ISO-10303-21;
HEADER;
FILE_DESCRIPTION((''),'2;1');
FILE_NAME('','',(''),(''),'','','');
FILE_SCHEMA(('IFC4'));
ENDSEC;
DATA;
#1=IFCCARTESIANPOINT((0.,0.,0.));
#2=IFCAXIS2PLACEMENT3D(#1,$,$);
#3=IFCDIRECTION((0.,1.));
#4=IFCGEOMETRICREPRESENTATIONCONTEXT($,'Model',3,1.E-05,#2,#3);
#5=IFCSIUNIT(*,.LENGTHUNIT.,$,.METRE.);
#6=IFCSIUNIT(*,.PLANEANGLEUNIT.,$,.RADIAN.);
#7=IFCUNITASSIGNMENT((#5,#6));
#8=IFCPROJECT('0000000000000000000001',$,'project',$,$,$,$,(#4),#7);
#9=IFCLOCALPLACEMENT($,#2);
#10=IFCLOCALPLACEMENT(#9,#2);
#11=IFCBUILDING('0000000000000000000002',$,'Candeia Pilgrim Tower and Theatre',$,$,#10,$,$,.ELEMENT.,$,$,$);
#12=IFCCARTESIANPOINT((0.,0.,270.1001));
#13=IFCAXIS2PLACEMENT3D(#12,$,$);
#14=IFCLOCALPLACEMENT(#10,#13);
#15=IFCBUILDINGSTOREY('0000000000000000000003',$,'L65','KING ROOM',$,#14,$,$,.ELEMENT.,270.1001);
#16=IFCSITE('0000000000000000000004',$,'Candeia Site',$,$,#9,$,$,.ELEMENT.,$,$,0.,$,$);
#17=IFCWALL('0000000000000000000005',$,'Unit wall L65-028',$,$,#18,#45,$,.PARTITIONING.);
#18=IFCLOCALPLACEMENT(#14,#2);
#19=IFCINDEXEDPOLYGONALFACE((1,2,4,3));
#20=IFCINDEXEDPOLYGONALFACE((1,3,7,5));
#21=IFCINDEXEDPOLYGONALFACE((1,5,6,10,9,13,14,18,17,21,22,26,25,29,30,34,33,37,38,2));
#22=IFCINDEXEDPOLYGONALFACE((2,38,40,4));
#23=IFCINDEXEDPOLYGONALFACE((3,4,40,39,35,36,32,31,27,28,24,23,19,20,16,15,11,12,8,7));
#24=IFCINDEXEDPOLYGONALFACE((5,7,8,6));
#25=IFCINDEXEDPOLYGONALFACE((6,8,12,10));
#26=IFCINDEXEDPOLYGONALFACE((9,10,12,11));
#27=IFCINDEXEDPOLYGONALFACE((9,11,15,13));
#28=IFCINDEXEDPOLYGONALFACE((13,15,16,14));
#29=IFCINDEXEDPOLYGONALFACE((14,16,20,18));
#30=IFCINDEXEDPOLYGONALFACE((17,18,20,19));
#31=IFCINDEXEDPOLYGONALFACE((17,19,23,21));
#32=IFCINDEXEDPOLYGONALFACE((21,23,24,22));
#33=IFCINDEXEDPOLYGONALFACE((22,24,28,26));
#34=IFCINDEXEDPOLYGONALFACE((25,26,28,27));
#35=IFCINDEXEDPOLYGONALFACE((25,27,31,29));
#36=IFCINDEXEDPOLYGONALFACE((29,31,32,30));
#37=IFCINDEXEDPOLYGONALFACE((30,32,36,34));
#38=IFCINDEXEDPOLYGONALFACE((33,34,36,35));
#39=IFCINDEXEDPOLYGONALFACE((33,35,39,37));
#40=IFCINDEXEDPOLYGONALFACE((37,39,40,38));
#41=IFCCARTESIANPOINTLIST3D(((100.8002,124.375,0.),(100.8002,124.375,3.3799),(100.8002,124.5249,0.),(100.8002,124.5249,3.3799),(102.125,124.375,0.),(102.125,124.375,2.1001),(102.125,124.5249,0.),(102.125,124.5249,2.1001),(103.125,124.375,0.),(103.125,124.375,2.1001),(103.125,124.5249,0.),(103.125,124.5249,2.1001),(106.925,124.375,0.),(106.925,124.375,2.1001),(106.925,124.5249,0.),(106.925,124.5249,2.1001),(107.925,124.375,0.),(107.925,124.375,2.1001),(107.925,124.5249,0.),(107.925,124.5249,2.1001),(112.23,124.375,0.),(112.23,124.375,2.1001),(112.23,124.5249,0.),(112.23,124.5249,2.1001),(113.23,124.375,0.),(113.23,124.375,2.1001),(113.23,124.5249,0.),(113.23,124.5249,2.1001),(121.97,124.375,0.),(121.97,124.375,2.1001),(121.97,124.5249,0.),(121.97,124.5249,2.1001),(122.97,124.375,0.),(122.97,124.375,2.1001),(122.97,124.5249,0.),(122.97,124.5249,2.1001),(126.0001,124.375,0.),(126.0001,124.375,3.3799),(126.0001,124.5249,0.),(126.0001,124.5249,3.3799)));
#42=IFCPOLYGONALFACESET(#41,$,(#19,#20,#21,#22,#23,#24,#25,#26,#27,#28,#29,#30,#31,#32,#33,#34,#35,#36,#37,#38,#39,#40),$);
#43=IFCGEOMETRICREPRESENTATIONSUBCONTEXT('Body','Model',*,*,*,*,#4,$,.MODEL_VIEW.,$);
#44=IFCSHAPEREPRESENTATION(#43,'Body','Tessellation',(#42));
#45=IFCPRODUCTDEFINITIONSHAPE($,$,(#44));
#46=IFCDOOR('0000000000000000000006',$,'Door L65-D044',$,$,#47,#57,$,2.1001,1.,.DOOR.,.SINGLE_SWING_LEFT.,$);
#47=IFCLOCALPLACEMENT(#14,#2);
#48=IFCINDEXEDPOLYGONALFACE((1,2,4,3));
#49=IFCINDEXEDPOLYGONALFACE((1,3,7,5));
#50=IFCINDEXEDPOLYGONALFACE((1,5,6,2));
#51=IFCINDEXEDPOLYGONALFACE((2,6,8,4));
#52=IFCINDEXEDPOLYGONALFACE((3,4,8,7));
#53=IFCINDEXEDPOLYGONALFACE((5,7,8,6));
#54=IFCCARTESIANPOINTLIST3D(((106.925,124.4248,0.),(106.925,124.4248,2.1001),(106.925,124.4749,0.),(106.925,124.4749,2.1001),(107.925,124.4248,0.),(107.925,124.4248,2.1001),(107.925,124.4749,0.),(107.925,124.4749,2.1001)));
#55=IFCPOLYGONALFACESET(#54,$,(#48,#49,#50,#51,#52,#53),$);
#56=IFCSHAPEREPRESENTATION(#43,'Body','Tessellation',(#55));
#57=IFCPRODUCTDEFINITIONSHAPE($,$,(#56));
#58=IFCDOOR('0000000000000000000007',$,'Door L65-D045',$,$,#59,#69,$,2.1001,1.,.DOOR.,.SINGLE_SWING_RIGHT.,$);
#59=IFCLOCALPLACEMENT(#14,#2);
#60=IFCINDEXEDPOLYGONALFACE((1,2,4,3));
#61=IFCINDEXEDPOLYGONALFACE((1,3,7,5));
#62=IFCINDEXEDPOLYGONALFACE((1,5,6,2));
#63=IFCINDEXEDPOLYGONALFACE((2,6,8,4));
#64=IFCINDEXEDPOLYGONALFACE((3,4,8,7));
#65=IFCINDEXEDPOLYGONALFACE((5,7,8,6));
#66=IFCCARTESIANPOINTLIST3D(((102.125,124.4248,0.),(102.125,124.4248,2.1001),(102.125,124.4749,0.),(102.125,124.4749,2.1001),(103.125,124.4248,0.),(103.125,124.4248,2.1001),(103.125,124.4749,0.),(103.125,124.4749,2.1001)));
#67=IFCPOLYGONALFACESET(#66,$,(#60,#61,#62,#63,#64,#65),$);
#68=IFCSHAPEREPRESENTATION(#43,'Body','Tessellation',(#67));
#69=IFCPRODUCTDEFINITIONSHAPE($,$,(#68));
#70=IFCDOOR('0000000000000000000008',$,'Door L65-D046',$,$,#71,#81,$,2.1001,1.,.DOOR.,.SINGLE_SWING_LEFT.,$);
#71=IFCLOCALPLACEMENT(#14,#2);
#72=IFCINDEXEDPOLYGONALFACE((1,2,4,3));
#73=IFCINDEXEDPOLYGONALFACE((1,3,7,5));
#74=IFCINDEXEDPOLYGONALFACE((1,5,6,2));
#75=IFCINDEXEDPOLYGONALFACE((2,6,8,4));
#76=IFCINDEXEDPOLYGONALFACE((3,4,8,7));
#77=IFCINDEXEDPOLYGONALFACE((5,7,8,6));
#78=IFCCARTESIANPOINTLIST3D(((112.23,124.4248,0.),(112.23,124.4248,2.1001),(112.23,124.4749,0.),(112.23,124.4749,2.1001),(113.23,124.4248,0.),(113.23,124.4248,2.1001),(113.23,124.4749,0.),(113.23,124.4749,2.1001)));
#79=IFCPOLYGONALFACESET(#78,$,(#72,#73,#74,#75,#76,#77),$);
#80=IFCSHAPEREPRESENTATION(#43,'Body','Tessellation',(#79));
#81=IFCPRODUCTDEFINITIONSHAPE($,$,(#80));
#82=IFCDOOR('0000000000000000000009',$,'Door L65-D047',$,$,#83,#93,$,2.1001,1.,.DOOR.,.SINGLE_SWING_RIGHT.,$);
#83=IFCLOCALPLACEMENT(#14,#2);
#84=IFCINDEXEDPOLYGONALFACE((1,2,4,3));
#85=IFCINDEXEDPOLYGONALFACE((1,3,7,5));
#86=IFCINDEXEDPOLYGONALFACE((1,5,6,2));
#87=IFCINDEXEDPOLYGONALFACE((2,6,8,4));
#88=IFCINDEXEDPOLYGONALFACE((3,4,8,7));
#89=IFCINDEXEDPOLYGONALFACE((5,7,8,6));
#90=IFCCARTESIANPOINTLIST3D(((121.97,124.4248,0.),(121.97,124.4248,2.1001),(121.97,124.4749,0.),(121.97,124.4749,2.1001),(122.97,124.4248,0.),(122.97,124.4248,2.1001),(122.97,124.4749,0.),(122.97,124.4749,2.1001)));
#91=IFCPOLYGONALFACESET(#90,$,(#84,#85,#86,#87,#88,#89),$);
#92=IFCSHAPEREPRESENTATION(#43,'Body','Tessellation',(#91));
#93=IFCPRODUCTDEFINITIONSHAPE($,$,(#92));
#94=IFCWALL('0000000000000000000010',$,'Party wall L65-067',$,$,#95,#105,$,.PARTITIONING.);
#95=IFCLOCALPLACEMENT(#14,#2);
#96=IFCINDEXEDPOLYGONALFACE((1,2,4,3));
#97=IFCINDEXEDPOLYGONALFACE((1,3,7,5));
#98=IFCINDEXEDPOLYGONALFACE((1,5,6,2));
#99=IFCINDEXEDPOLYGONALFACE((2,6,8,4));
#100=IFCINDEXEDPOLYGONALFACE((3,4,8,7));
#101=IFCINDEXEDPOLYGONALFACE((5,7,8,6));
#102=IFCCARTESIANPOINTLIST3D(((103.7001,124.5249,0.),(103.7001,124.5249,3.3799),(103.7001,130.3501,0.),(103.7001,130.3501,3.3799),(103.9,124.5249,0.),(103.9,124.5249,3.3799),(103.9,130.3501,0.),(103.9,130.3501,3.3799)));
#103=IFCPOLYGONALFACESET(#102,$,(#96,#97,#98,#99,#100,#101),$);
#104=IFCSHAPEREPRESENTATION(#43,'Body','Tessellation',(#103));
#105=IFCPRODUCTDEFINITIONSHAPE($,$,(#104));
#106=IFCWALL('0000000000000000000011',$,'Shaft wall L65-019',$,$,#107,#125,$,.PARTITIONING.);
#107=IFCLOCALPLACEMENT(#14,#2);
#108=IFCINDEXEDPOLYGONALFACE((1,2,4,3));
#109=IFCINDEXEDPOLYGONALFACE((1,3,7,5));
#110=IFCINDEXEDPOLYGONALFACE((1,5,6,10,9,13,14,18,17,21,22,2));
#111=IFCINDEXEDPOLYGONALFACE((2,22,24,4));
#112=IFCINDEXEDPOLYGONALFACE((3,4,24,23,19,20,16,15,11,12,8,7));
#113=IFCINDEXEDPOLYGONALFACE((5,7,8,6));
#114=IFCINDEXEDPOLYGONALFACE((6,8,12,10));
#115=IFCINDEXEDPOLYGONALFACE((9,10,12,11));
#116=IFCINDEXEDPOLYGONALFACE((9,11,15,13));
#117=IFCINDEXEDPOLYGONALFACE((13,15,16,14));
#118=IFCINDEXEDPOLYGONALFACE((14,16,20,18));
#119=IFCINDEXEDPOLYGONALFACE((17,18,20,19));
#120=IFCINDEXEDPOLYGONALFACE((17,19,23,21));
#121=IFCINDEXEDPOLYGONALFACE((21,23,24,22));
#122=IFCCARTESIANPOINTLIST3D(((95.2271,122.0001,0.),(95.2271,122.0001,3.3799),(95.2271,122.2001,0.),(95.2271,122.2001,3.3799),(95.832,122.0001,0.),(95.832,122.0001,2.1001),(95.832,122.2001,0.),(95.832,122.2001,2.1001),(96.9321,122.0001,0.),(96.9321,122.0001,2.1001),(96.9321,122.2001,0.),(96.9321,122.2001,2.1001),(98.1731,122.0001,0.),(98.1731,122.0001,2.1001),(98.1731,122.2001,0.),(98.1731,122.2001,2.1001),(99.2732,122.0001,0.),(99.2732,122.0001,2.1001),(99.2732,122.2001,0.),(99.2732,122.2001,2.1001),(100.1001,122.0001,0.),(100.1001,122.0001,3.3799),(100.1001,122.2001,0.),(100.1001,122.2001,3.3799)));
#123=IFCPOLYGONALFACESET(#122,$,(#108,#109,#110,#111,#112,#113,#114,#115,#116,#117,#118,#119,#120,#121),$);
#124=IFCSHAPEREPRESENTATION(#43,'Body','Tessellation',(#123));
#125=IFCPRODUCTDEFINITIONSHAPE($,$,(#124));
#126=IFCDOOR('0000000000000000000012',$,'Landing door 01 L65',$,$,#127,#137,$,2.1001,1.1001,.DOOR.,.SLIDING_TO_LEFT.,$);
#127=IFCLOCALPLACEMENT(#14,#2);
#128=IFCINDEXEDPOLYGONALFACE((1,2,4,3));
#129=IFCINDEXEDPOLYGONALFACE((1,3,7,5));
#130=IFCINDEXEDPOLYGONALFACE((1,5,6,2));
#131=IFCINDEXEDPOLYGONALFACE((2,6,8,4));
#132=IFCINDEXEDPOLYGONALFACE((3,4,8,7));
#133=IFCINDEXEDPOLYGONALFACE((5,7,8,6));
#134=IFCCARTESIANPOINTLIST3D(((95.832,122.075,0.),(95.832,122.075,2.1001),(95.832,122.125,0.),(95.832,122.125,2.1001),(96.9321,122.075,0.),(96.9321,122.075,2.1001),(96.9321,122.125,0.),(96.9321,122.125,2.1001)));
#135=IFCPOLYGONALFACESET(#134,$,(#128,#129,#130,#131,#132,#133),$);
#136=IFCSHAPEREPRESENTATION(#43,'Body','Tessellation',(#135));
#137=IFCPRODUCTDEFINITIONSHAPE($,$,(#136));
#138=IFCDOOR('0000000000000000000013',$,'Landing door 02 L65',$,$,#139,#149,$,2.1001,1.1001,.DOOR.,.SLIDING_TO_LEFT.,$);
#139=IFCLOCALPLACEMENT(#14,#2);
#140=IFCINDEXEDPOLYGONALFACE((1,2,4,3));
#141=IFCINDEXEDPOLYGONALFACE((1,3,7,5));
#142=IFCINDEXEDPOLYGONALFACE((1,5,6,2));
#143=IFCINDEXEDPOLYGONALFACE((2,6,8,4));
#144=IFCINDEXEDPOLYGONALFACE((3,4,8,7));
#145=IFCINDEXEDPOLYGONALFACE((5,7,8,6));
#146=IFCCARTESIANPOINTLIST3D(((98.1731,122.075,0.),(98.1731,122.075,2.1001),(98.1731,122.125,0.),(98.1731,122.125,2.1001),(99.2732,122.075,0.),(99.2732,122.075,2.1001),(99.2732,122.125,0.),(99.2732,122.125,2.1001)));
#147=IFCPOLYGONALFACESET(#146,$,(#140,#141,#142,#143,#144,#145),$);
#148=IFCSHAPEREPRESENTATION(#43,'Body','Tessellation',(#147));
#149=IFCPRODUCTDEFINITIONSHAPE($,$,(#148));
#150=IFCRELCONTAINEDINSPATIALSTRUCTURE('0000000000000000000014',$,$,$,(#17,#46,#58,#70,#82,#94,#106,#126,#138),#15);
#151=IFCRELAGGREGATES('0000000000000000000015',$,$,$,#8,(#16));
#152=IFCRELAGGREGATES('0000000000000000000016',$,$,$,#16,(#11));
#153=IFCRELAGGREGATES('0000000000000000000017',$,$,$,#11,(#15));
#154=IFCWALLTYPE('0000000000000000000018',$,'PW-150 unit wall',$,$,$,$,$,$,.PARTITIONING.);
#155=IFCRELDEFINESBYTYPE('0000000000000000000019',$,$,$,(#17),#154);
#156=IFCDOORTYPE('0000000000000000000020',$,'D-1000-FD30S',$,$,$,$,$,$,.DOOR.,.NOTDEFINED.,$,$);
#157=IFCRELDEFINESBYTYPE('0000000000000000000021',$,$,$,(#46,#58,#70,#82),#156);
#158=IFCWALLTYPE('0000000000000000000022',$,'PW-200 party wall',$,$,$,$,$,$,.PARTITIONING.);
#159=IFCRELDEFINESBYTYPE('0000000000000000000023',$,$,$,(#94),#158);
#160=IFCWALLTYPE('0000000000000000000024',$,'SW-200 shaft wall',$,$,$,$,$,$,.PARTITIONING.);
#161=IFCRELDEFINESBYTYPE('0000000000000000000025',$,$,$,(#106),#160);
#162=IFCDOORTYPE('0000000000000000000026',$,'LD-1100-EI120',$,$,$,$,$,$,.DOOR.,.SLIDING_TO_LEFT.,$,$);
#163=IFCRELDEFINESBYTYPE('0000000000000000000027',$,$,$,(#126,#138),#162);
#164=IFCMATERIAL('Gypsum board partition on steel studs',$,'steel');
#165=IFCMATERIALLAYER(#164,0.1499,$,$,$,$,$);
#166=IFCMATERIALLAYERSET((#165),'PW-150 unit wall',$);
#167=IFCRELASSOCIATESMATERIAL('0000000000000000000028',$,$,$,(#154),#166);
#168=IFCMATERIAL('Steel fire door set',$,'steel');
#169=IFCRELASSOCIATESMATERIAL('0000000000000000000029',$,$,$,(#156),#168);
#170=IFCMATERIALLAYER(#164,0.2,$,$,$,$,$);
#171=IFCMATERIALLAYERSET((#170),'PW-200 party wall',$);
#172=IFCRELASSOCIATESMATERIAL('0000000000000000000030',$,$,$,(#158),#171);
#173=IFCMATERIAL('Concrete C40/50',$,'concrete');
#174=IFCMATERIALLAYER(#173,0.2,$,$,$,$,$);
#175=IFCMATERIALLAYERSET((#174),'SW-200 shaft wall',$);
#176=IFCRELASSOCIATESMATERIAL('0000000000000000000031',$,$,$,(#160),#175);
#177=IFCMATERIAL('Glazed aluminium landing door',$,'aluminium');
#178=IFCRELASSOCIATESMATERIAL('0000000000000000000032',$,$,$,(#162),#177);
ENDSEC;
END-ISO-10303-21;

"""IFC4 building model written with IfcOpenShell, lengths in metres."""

from ifc_helpers import new_model, si_unit, direction, frame, frame_2d, origin, place, context, subcontext, project, spatial, rectangle, extrude, material, layer, layer_set, type_object, element, fill, save


model = new_model("IFC4")

# Units and contexts
model_context = context("Model", 3, precision=1e-05, world=origin(), true_north=direction((0.0, 1.0)))
body_context = subcontext(model_context, "Body", "Model", "MODEL_VIEW")
ifc_project = project(units=[si_unit("LENGTHUNIT", "METRE"), si_unit("PLANEANGLEUNIT", "RADIAN")], contexts=[model_context])

# Site, building, storey
site_placement = place(None, origin())
site = spatial("IfcSite", under=ifc_project, at=site_placement, Name="Candeia Site", CompositionType="ELEMENT", RefElevation=0.0)
building_placement = place(site_placement, origin())
building = spatial("IfcBuilding", under=site, at=building_placement, Name="Candeia Pilgrim Tower and Theatre", CompositionType="ELEMENT")
storey_placement = place(building_placement, frame((0.0, 0.0, 270.1001)))
storey = spatial("IfcBuildingStorey", under=building, at=storey_placement, Name="L65", Description="KING ROOM", CompositionType="ELEMENT", Elevation=270.1001)

# Shared definitions
ifc_material_1 = material(Name="Gypsum board partition on steel studs", Category="steel")

# Shared definitions
ifc_material_2 = material(Name="Steel fire door set", Category="steel")

# Wall, openings, doors
ifc_layer_1 = layer(ifc_material_1, 0.1499)
ifc_layer_set_1 = layer_set([ifc_layer_1], Name="PW-150 unit wall")
wall_type_1 = type_object("IfcWallType", Name="PW-150 unit wall", PredefinedType="PARTITIONING", material=ifc_layer_set_1)
door_type_1 = type_object("IfcDoorType", Name="D-1000-FD30S", OperationType="NOTDEFINED", PredefinedType="DOOR", material=ifc_material_2)
wall_1_placement = place(storey_placement, frame((100.8, 124.45, 0.0), z_axis=(0.0, 0.0, 1.0), x_axis=(1.0, 0.0, 0.0)))
wall_1 = element("IfcWall", 1, at=wall_1_placement, inside=storey, type_object=wall_type_1, Name="Unit wall L65-028", PredefinedType="PARTITIONING", context=body_context, shape_type="SweptSolid", body=[
    extrude(rectangle(XDim=25.2, YDim=0.1499, at=frame_2d((12.6001, 0.0))), origin(), (0.0, 0.0, 1.0), 3.3799),
])
opening_1_placement = place(wall_1_placement, frame((6.125, 0.0, 0.0)))
opening_1 = element("IfcOpeningElement", 2, at=opening_1_placement, cuts=wall_1, PredefinedType="OPENING", context=body_context, shape_type="SweptSolid", body=[
    extrude(rectangle(XDim=1.0, YDim=2.1001, at=frame_2d((0.5, 1.05))), frame((0.0, 0.085, 0.0), z_axis=(0.0, -1.0, 0.0), x_axis=(1.0, 0.0, 0.0)), (0.0, 0.0, 1.0), 0.1699),
])
opening_2_placement = place(wall_1_placement, frame((1.325, 0.0, 0.0)))
opening_2 = element("IfcOpeningElement", 3, at=opening_2_placement, cuts=wall_1, PredefinedType="OPENING", context=body_context, shape_type="SweptSolid", body=[
    extrude(rectangle(XDim=1.0, YDim=2.1001, at=frame_2d((0.5, 1.05))), frame((0.0, 0.085, 0.0), z_axis=(0.0, -1.0, 0.0), x_axis=(1.0, 0.0, 0.0)), (0.0, 0.0, 1.0), 0.1699),
])
opening_3_placement = place(wall_1_placement, frame((11.4299, 0.0, 0.0)))
opening_3 = element("IfcOpeningElement", 4, at=opening_3_placement, cuts=wall_1, PredefinedType="OPENING", context=body_context, shape_type="SweptSolid", body=[
    extrude(rectangle(XDim=1.0, YDim=2.1001, at=frame_2d((0.5, 1.05))), frame((0.0, 0.085, 0.0), z_axis=(0.0, -1.0, 0.0), x_axis=(1.0, 0.0, 0.0)), (0.0, 0.0, 1.0), 0.1699),
])
opening_4_placement = place(wall_1_placement, frame((21.1699, 0.0, 0.0)))
opening_4 = element("IfcOpeningElement", 5, at=opening_4_placement, cuts=wall_1, PredefinedType="OPENING", context=body_context, shape_type="SweptSolid", body=[
    extrude(rectangle(XDim=1.0, YDim=2.1001, at=frame_2d((0.5, 1.05))), frame((0.0, 0.085, 0.0), z_axis=(0.0, -1.0, 0.0), x_axis=(1.0, 0.0, 0.0)), (0.0, 0.0, 1.0), 0.1699),
])
door_1_placement = place(opening_1_placement, origin())
door_1 = element("IfcDoor", 6, at=door_1_placement, inside=storey, type_object=door_type_1, Name="Door L65-D044", OperationType="SINGLE_SWING_LEFT", OverallHeight=2.1001, OverallWidth=1.0, PredefinedType="DOOR", context=body_context, shape_type="SweptSolid", body=[
    extrude(rectangle(XDim=1.0, YDim=2.1001, at=frame_2d((0.5, 1.05))), frame((0.0, 0.0249, 0.0), z_axis=(0.0, -1.0, 0.0), x_axis=(1.0, 0.0, 0.0)), (0.0, 0.0, 1.0), 0.05),
])
fill(opening_1, door_1)
door_2_placement = place(opening_2_placement, origin())
door_2 = element("IfcDoor", 7, at=door_2_placement, inside=storey, type_object=door_type_1, Name="Door L65-D045", OperationType="SINGLE_SWING_RIGHT", OverallHeight=2.1001, OverallWidth=1.0, PredefinedType="DOOR", context=body_context, shape_type="SweptSolid", body=[
    extrude(rectangle(XDim=1.0, YDim=2.1001, at=frame_2d((0.5, 1.05))), frame((0.0, 0.0249, 0.0), z_axis=(0.0, -1.0, 0.0), x_axis=(1.0, 0.0, 0.0)), (0.0, 0.0, 1.0), 0.05),
])
fill(opening_2, door_2)
door_3_placement = place(opening_3_placement, origin())
door_3 = element("IfcDoor", 8, at=door_3_placement, inside=storey, type_object=door_type_1, Name="Door L65-D046", OperationType="SINGLE_SWING_LEFT", OverallHeight=2.1001, OverallWidth=1.0, PredefinedType="DOOR", context=body_context, shape_type="SweptSolid", body=[
    extrude(rectangle(XDim=1.0, YDim=2.1001, at=frame_2d((0.5, 1.05))), frame((0.0, 0.0249, 0.0), z_axis=(0.0, -1.0, 0.0), x_axis=(1.0, 0.0, 0.0)), (0.0, 0.0, 1.0), 0.05),
])
fill(opening_3, door_3)
door_4_placement = place(opening_4_placement, origin())
door_4 = element("IfcDoor", 9, at=door_4_placement, inside=storey, type_object=door_type_1, Name="Door L65-D047", OperationType="SINGLE_SWING_RIGHT", OverallHeight=2.1001, OverallWidth=1.0, PredefinedType="DOOR", context=body_context, shape_type="SweptSolid", body=[
    extrude(rectangle(XDim=1.0, YDim=2.1001, at=frame_2d((0.5, 1.05))), frame((0.0, 0.0249, 0.0), z_axis=(0.0, -1.0, 0.0), x_axis=(1.0, 0.0, 0.0)), (0.0, 0.0, 1.0), 0.05),
])
fill(opening_4, door_4)

# Wall
ifc_layer_2 = layer(ifc_material_1, 0.2)
ifc_layer_set_2 = layer_set([ifc_layer_2], Name="PW-200 party wall")
wall_type_2 = type_object("IfcWallType", Name="PW-200 party wall", PredefinedType="PARTITIONING", material=ifc_layer_set_2)
wall_2_placement = place(storey_placement, frame((103.8, 124.5249, 0.0), z_axis=(0.0, 0.0, 1.0), x_axis=(0.0, 1.0, 0.0)))
element("IfcWall", 10, at=wall_2_placement, inside=storey, type_object=wall_type_2, Name="Party wall L65-067", PredefinedType="PARTITIONING", context=body_context, shape_type="SweptSolid", body=[
    extrude(rectangle(XDim=5.8252, YDim=0.2, at=frame_2d((2.9126, 0.0))), origin(), (0.0, 0.0, 1.0), 3.3799),
])

# Wall, openings, doors
ifc_material_3 = material(Name="Concrete C40/50", Category="concrete")
ifc_layer_3 = layer(ifc_material_3, 0.2)
ifc_layer_set_3 = layer_set([ifc_layer_3], Name="SW-200 shaft wall")
wall_type_3 = type_object("IfcWallType", Name="SW-200 shaft wall", PredefinedType="PARTITIONING", material=ifc_layer_set_3)
wall_3_placement = place(storey_placement, frame((95.2271, 122.1001, 0.0), z_axis=(0.0, 0.0, 1.0), x_axis=(1.0, 0.0, 0.0)))
wall_3 = element("IfcWall", 11, at=wall_3_placement, inside=storey, type_object=wall_type_3, Name="Shaft wall L65-019", PredefinedType="PARTITIONING", context=body_context, shape_type="SweptSolid", body=[
    extrude(rectangle(XDim=4.873, YDim=0.2, at=frame_2d((2.4365, 0.0))), origin(), (0.0, 0.0, 1.0), 3.3799),
])
opening_5_placement = place(wall_3_placement, frame((0.605, 0.0, 0.0)))
opening_5 = element("IfcOpeningElement", 12, at=opening_5_placement, cuts=wall_3, PredefinedType="OPENING", context=body_context, shape_type="SweptSolid", body=[
    extrude(rectangle(XDim=1.1001, YDim=2.1001, at=frame_2d((0.55, 1.05))), frame((0.0, 0.1099, 0.0), z_axis=(0.0, -1.0, 0.0), x_axis=(1.0, 0.0, 0.0)), (0.0, 0.0, 1.0), 0.22),
])
opening_6_placement = place(wall_3_placement, frame((2.946, 0.0, 0.0)))
opening_6 = element("IfcOpeningElement", 13, at=opening_6_placement, cuts=wall_3, PredefinedType="OPENING", context=body_context, shape_type="SweptSolid", body=[
    extrude(rectangle(XDim=1.1001, YDim=2.1001, at=frame_2d((0.55, 1.05))), frame((0.0, 0.1099, 0.0), z_axis=(0.0, -1.0, 0.0), x_axis=(1.0, 0.0, 0.0)), (0.0, 0.0, 1.0), 0.22),
])
ifc_material_4 = material(Name="Glazed aluminium landing door", Category="aluminium")
door_type_2 = type_object("IfcDoorType", Name="LD-1100-EI120", OperationType="SLIDING_TO_LEFT", PredefinedType="DOOR", material=ifc_material_4)
door_5_placement = place(opening_5_placement, origin())
door_5 = element("IfcDoor", 14, at=door_5_placement, inside=storey, type_object=door_type_2, Name="Landing door 01 L65", OperationType="SLIDING_TO_LEFT", OverallHeight=2.1001, OverallWidth=1.1001, PredefinedType="DOOR", context=body_context, shape_type="SweptSolid", body=[
    extrude(rectangle(XDim=1.1001, YDim=2.1001, at=frame_2d((0.55, 1.05))), frame((0.0, 0.0249, 0.0), z_axis=(0.0, -1.0, 0.0), x_axis=(1.0, 0.0, 0.0)), (0.0, 0.0, 1.0), 0.05),
])
fill(opening_5, door_5)
door_6_placement = place(opening_6_placement, origin())
door_6 = element("IfcDoor", 15, at=door_6_placement, inside=storey, type_object=door_type_2, Name="Landing door 02 L65", OperationType="SLIDING_TO_LEFT", OverallHeight=2.1001, OverallWidth=1.1001, PredefinedType="DOOR", context=body_context, shape_type="SweptSolid", body=[
    extrude(rectangle(XDim=1.1001, YDim=2.1001, at=frame_2d((0.55, 1.05))), frame((0.0, 0.0249, 0.0), z_axis=(0.0, -1.0, 0.0), x_axis=(1.0, 0.0, 0.0)), (0.0, 0.0, 1.0), 0.05),
])
fill(opening_6, door_6)

save(model, "model.ifc")
